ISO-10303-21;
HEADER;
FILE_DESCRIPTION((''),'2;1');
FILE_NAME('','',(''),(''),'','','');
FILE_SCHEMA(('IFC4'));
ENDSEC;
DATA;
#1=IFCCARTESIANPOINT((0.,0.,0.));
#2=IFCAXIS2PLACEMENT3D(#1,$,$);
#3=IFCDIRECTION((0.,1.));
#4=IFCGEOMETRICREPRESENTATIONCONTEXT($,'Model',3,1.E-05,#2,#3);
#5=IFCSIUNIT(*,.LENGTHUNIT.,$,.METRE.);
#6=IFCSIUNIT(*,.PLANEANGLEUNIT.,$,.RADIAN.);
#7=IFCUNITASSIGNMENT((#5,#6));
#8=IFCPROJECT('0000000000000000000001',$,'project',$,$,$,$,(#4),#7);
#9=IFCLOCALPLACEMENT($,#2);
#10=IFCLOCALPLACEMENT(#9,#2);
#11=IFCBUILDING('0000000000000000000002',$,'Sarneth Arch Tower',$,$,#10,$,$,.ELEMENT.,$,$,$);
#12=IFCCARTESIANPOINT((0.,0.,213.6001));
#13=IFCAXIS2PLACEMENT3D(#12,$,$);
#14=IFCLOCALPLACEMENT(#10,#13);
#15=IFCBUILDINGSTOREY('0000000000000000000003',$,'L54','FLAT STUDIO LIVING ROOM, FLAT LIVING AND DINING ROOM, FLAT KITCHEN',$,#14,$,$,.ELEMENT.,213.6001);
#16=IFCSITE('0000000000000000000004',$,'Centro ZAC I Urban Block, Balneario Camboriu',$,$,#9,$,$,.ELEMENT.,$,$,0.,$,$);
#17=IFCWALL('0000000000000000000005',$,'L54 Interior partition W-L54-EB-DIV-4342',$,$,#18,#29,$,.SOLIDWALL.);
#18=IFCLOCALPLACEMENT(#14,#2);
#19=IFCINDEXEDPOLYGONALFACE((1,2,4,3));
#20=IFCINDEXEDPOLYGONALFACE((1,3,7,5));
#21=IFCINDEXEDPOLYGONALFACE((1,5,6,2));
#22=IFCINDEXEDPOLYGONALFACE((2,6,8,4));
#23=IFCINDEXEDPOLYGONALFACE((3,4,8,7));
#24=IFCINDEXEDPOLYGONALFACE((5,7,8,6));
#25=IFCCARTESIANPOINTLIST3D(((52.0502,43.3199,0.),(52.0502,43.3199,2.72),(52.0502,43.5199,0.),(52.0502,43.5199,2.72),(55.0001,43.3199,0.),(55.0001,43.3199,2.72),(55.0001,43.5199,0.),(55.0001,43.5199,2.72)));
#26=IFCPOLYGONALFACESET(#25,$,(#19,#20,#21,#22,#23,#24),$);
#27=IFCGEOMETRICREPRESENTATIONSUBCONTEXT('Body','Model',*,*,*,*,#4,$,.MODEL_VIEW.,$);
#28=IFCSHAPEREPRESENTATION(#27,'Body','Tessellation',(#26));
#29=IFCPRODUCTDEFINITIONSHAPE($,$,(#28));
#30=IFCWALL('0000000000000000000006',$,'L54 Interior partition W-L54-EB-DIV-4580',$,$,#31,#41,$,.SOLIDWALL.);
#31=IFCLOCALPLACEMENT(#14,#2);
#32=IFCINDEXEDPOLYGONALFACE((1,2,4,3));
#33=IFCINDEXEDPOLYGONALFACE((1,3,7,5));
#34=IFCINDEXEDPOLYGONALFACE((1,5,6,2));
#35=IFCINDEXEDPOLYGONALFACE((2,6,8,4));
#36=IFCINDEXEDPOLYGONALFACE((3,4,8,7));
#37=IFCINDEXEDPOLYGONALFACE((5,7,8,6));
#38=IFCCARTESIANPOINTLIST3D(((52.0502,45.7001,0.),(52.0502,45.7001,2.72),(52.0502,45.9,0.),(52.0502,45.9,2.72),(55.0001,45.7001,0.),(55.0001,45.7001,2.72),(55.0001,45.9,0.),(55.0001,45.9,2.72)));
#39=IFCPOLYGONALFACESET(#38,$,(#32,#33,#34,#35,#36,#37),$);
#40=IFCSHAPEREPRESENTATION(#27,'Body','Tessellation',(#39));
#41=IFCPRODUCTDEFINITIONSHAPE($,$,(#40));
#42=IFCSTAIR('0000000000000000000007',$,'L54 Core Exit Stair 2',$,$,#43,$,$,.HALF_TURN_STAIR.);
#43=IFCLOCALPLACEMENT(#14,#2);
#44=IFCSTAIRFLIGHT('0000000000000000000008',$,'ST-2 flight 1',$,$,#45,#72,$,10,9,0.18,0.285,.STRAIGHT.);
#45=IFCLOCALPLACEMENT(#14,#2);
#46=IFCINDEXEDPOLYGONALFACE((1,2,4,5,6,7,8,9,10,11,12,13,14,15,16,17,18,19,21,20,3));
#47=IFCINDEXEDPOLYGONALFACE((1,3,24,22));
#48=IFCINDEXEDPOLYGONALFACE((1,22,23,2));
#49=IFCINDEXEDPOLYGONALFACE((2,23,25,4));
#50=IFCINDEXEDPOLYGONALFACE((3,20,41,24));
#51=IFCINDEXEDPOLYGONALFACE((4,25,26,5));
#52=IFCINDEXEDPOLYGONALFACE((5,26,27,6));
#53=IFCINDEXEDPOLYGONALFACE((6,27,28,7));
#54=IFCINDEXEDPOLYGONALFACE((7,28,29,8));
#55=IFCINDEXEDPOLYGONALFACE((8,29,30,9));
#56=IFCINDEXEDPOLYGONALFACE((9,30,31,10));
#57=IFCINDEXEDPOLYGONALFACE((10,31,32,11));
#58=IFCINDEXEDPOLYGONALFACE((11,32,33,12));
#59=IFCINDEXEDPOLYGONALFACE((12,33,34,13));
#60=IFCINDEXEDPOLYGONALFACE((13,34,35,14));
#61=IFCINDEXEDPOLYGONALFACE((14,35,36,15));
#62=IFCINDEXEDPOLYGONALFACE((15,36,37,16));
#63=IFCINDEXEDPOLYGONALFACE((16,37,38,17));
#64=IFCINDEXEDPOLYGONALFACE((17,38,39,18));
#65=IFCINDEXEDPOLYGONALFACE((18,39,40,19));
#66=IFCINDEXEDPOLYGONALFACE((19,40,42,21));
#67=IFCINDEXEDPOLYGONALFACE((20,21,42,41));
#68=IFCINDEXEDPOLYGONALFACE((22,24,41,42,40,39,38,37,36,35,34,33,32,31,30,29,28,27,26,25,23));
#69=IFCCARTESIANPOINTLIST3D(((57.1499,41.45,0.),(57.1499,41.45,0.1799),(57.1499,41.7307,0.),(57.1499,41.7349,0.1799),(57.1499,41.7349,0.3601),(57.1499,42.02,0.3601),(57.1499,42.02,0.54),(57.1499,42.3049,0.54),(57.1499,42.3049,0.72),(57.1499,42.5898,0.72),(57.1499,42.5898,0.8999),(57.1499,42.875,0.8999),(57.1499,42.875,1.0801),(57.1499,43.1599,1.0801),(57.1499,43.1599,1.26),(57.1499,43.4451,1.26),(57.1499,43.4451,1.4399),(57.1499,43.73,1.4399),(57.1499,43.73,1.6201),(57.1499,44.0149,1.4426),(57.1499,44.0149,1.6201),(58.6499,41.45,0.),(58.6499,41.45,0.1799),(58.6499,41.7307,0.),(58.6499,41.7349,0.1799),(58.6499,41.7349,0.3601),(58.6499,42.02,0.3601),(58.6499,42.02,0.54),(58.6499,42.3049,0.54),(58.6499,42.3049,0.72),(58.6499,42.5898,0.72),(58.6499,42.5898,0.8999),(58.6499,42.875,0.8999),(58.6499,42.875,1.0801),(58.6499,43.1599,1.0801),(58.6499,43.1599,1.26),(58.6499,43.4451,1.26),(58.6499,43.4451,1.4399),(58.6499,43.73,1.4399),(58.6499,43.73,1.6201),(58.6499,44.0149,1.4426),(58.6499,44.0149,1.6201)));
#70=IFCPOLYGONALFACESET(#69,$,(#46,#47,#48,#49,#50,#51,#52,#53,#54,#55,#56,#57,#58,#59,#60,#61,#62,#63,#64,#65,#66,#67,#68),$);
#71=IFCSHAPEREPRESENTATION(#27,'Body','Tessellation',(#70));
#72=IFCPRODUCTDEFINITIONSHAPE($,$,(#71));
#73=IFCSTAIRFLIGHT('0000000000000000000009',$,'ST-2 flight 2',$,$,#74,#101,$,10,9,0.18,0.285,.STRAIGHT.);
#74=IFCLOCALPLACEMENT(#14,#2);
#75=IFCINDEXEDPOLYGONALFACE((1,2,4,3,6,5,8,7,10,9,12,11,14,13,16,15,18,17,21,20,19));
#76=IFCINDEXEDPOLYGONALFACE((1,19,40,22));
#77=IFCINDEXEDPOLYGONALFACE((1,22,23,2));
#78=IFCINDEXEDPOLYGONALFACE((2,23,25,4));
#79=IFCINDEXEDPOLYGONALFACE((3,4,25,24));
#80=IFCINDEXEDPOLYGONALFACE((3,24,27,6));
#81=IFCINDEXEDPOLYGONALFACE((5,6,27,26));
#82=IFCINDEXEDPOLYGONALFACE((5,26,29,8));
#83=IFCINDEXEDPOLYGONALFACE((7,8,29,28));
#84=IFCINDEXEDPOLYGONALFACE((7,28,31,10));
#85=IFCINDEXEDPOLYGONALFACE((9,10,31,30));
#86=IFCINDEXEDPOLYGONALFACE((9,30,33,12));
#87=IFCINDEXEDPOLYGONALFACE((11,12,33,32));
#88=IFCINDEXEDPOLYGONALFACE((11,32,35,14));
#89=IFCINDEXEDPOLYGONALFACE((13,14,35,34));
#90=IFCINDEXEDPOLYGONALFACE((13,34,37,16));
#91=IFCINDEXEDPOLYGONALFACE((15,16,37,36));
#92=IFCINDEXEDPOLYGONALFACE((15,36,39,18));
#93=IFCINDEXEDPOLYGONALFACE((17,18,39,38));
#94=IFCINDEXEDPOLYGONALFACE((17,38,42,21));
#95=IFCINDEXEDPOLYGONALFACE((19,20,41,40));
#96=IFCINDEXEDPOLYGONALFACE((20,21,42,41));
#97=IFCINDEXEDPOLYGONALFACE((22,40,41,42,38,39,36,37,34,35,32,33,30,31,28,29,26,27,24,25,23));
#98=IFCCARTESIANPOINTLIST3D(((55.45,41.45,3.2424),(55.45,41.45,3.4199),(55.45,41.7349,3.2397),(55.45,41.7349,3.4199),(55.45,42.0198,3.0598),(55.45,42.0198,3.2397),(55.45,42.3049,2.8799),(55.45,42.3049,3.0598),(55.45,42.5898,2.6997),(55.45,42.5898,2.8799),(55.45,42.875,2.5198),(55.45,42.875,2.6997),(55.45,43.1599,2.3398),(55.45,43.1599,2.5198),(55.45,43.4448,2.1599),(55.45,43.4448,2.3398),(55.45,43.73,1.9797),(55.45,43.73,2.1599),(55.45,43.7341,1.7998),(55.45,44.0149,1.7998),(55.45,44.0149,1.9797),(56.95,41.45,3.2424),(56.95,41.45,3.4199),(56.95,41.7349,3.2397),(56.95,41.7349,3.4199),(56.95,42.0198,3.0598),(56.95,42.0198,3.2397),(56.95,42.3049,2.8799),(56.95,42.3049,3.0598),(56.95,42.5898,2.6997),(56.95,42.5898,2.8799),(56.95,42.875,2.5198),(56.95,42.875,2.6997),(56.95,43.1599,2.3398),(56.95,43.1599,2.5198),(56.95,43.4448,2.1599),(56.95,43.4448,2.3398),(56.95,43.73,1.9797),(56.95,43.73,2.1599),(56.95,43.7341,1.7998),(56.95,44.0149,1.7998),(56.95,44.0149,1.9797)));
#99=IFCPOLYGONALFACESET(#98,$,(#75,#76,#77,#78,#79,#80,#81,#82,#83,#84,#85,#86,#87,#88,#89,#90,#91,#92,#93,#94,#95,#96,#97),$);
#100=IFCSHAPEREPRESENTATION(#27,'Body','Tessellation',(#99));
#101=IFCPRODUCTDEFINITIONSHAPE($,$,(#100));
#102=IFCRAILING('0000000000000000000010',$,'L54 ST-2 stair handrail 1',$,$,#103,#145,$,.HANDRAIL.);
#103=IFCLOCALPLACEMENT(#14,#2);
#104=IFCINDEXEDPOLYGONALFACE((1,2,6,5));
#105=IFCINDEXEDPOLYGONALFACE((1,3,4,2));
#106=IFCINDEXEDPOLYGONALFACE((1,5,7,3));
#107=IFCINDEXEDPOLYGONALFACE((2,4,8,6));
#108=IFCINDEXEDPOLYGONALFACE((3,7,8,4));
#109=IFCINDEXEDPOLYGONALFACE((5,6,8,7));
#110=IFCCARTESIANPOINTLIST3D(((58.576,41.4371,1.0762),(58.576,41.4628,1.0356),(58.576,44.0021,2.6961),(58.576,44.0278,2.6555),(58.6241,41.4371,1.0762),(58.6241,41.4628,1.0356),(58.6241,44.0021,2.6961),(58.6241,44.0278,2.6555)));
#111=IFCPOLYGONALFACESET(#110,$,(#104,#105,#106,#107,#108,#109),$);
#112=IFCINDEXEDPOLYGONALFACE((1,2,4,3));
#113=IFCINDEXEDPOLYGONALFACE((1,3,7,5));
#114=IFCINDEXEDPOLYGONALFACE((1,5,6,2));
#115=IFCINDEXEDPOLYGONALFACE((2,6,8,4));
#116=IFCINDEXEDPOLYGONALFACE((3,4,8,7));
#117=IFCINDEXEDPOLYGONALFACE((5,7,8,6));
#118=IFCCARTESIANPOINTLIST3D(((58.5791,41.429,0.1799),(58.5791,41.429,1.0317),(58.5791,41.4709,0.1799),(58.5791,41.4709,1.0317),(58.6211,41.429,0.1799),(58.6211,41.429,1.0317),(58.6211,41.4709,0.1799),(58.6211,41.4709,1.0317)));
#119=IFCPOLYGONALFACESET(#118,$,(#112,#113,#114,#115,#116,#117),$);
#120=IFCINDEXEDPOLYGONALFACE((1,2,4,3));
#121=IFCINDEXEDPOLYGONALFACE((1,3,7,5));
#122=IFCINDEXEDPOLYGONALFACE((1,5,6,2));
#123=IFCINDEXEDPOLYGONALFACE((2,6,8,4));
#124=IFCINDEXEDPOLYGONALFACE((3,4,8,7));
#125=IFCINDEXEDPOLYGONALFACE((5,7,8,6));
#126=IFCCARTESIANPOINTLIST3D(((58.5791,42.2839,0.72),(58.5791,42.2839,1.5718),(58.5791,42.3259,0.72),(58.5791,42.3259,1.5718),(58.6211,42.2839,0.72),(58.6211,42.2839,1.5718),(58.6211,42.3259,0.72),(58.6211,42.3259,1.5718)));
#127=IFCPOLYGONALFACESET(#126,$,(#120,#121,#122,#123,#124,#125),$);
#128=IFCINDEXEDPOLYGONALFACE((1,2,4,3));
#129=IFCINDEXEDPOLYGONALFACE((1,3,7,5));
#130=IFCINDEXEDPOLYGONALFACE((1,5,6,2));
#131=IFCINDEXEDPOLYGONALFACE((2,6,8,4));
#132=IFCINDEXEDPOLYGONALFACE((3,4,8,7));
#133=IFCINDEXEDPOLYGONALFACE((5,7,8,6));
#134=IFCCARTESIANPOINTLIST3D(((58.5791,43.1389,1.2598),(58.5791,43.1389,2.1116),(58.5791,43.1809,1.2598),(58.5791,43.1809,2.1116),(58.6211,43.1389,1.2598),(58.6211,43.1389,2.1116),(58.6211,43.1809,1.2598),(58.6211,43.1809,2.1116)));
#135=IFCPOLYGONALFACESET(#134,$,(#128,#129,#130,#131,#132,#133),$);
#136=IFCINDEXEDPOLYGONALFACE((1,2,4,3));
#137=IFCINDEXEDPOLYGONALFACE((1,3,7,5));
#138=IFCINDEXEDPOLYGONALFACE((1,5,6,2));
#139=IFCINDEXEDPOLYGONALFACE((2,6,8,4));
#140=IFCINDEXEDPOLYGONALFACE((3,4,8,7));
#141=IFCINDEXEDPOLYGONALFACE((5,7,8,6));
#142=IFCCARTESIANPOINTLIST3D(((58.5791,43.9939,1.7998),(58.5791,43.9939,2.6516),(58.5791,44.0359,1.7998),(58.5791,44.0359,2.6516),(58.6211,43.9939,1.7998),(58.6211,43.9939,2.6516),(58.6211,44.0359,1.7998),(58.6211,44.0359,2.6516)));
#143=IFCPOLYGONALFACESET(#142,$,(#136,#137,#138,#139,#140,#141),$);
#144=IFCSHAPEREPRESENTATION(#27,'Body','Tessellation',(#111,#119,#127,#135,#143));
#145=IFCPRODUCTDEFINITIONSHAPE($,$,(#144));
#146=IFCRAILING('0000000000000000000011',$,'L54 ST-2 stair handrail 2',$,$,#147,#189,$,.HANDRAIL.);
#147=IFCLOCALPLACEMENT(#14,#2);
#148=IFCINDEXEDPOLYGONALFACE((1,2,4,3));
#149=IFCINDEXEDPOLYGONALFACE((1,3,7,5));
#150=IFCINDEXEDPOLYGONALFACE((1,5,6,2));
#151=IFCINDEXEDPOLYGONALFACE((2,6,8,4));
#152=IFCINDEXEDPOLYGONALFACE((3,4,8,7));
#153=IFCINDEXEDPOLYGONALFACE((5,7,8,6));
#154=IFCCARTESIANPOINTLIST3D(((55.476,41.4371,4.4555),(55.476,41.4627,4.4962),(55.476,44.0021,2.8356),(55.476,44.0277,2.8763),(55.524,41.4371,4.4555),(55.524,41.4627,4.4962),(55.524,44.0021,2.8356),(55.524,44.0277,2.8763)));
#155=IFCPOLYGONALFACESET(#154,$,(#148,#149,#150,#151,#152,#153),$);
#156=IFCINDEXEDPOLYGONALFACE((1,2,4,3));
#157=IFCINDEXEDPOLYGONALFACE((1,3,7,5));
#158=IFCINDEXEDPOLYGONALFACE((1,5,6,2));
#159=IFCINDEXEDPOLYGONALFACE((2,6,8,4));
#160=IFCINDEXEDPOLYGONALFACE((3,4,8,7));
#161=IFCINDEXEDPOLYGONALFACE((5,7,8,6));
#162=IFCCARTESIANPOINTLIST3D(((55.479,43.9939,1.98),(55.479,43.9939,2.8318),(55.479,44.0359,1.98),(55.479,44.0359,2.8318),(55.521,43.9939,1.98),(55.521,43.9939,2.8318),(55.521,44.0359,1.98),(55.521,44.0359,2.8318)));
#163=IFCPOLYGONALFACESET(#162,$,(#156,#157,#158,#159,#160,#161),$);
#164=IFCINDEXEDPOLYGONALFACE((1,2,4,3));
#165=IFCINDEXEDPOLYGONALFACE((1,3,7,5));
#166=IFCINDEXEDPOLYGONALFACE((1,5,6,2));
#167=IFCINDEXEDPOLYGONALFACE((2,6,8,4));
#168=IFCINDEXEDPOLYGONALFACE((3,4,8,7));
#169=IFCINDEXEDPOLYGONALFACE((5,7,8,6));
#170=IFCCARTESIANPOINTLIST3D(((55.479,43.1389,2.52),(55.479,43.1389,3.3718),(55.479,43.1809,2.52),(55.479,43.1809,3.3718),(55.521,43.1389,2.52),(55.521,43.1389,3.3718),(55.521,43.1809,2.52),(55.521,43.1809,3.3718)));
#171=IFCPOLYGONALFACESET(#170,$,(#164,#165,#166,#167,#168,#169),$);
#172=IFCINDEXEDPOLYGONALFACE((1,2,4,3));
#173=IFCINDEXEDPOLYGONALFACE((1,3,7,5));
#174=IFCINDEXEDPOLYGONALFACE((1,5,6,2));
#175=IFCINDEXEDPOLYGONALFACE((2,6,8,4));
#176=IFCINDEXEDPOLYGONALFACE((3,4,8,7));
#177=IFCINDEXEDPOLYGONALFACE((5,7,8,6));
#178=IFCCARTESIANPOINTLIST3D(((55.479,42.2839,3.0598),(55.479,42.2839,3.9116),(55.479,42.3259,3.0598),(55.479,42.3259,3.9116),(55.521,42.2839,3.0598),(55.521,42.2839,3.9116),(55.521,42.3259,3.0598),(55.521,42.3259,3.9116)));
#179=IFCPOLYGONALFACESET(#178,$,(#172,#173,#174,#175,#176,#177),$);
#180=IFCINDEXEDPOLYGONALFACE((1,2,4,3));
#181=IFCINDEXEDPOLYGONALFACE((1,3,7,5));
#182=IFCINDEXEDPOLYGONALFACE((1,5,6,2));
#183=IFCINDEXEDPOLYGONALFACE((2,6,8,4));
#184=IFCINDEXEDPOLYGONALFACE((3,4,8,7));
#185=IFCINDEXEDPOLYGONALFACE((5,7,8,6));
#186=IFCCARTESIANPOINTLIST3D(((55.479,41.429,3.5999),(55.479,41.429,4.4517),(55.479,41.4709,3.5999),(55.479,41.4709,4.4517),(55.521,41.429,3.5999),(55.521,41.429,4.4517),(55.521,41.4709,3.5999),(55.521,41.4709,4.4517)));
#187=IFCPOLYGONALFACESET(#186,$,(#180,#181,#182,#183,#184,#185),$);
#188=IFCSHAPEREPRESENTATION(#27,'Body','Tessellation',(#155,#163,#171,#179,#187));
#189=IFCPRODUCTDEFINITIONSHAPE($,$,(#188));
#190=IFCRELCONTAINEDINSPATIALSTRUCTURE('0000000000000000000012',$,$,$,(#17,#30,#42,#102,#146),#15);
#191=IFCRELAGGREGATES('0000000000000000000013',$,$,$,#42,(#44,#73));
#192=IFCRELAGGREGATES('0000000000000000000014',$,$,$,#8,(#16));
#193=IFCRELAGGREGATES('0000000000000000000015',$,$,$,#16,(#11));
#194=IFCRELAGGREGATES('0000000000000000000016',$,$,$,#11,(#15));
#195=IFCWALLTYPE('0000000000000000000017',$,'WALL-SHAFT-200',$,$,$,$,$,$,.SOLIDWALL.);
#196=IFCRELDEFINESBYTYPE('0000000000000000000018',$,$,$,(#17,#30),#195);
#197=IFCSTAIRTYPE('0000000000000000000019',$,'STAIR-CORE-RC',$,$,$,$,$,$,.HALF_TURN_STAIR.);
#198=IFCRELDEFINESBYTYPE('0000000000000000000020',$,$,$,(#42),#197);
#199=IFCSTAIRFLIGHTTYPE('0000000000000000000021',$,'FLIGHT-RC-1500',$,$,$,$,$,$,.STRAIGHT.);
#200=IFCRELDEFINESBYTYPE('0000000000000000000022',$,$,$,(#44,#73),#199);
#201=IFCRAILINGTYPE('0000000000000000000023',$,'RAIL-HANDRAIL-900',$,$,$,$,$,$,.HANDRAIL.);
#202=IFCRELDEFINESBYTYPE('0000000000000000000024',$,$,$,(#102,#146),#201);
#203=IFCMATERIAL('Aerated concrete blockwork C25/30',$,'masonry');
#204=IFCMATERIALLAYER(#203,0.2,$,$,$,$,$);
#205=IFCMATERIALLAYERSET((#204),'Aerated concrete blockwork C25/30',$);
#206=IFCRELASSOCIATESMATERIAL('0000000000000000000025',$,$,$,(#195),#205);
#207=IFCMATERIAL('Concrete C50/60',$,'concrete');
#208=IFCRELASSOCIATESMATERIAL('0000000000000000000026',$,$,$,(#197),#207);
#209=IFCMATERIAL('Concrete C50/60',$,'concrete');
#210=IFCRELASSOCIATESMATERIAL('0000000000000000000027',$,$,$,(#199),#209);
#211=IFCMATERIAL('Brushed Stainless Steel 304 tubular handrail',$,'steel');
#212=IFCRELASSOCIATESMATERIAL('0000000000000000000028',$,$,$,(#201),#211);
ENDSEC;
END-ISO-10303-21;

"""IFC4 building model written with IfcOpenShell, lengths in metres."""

from ifc_helpers import new_model, si_unit, direction, frame, frame_2d, origin, origin_2d, place, context, subcontext, project, spatial, polyline, rectangle, outline, extrude, material, layer, layer_set, type_object, element, aggregate, save


model = new_model("IFC4")

# Units and contexts
model_context = context("Model", 3, precision=1e-05, world=origin(), true_north=direction((0.0, 1.0)))
body_context = subcontext(model_context, "Body", "Model", "MODEL_VIEW")
ifc_project = project(units=[si_unit("LENGTHUNIT", "METRE"), si_unit("PLANEANGLEUNIT", "RADIAN")], contexts=[model_context])

# Site, building, storey
site_placement = place(None, origin())
site = spatial("IfcSite", under=ifc_project, at=site_placement, Name="Centro ZAC I Urban Block, Balneario Camboriu", CompositionType="ELEMENT", RefElevation=0.0)
building_placement = place(site_placement, origin())
building = spatial("IfcBuilding", under=site, at=building_placement, Name="Sarneth Arch Tower", CompositionType="ELEMENT")
storey_placement = place(building_placement, frame((0.0, 0.0, 213.6001)))
storey = spatial("IfcBuildingStorey", under=building, at=storey_placement, Name="L54", Description="FLAT STUDIO LIVING ROOM, FLAT LIVING AND DINING ROOM, FLAT KITCHEN", CompositionType="ELEMENT", Elevation=213.6001)

# Walls
ifc_material_1 = material(Name="Aerated concrete blockwork C25/30", Category="masonry")
ifc_layer_1 = layer(ifc_material_1, 0.2)
ifc_layer_set_1 = layer_set([ifc_layer_1], Name="Aerated concrete blockwork C25/30")
wall_type_1 = type_object("IfcWallType", Name="WALL-SHAFT-200", PredefinedType="SOLIDWALL", material=ifc_layer_set_1)
for number, where, z_axis, x_axis, name in (
    (1, (52.05, 43.4199, 0.0), (0.0, 0.0, 1.0), (1.0, 0.0, 0.0), "L54 Interior partition W-L54-EB-DIV-4342"),
    (2, (52.05, 45.8, 0.0), (0.0, 0.0, 1.0), (1.0, 0.0, 0.0), "L54 Interior partition W-L54-EB-DIV-4580"),
):
    element("IfcWall", number, at=place(storey_placement, frame(where, z_axis=z_axis, x_axis=x_axis)), inside=storey, type_object=wall_type_1, Name=name, PredefinedType="SOLIDWALL", context=body_context, shape_type="SweptSolid", body=[
        extrude(rectangle(XDim=2.95, YDim=0.2, at=frame_2d((1.4751, 0.0))), origin(), (0.0, 0.0, 1.0), 2.72),
    ])

# Stair, stair flights
ifc_material_2 = material(Name="Concrete C50/60", Category="concrete")
stair_type = type_object("IfcStairType", Name="STAIR-CORE-RC", PredefinedType="HALF_TURN_STAIR", material=ifc_material_2)
stair_placement = place(storey_placement, origin())
stair = element("IfcStair", 3, at=stair_placement, inside=storey, type_object=stair_type, Name="L54 Core Exit Stair 2", PredefinedType="HALF_TURN_STAIR")
ifc_material_3 = material(Name="Concrete C50/60", Category="concrete")
stair_flight_type = type_object("IfcStairFlightType", Name="FLIGHT-RC-1500", PredefinedType="STRAIGHT", material=ifc_material_3)
stair_flight_1_placement = place(storey_placement, frame((57.8999, 41.45, 0.0), z_axis=(0.0, 0.0, 1.0), x_axis=(0.0, 1.0, 0.0)))
stair_flight_1 = element("IfcStairFlight", 4, at=stair_flight_1_placement, type_object=stair_flight_type, Name="ST-2 flight 1", NumberOfRisers=10, NumberOfTreads=9, PredefinedType="STRAIGHT", RiserHeight=0.18, TreadLength=0.285, context=body_context, shape_type="SweptSolid", body=[
    extrude(outline(polyline([(0.0, 0.0), (0.0, 0.1799), (0.2849, 0.1799), (0.2849, 0.3601), (0.5701, 0.3601), (0.5701, 0.54), (0.855, 0.54), (0.855, 0.72), (1.1399, 0.72), (1.1399, 0.8999), (1.425, 0.8999), (1.425, 1.0801), (1.71, 1.0801), (1.71, 1.26), (1.9951, 1.26), (1.9951, 1.4399), (2.28, 1.4399), (2.28, 1.6201), (2.5649, 1.6201), (2.5649, 1.8), (2.5649, 1.4426), (0.2808, 0.0), (0.0, 0.0)])), frame((0.0, 0.75, 0.0), z_axis=(0.0, -1.0, 0.0), x_axis=(1.0, 0.0, 0.0)), (0.0, 0.0, 1.0), 1.5),
])
stair_flight_2_placement = place(storey_placement, frame((56.2, 44.0149, 1.7998), z_axis=(0.0, 0.0, 1.0), x_axis=(0.0, -1.0, 0.0)))
stair_flight_2 = element("IfcStairFlight", 5, at=stair_flight_2_placement, type_object=stair_flight_type, Name="ST-2 flight 2", NumberOfRisers=10, NumberOfTreads=9, PredefinedType="STRAIGHT", RiserHeight=0.18, TreadLength=0.285, context=body_context, shape_type="SweptSolid", body=[
    extrude(outline(polyline([(0.0, 0.0), (0.0, 0.1799), (0.2849, 0.1799), (0.2849, 0.3601), (0.5701, 0.3601), (0.5701, 0.54), (0.855, 0.54), (0.855, 0.72), (1.1399, 0.72), (1.1399, 0.8999), (1.425, 0.8999), (1.425, 1.0801), (1.71, 1.0801), (1.71, 1.26), (1.9951, 1.26), (1.9951, 1.4399), (2.28, 1.4399), (2.28, 1.6201), (2.5649, 1.6201), (2.5649, 1.8), (2.5649, 1.4426), (0.2808, 0.0), (0.0, 0.0)])), frame((0.0, 0.75, 0.0), z_axis=(0.0, -1.0, 0.0), x_axis=(1.0, 0.0, 0.0)), (0.0, 0.0, 1.0), 1.5),
])
aggregate(stair, [stair_flight_1, stair_flight_2])

# Railings
ifc_material_4 = material(Name="Brushed Stainless Steel 304 tubular handrail", Category="steel")
railing_type_1 = type_object("IfcRailingType", Name="RAIL-HANDRAIL-900", PredefinedType="HANDRAIL", material=ifc_material_4)
railing_1_placement = place(storey_placement, frame((58.6001, 41.45, 0.1799)))
element("IfcRailing", 6, at=railing_1_placement, inside=storey, type_object=railing_type_1, Name="L54 ST-2 stair handrail 1", PredefinedType="HANDRAIL", context=body_context, shape_type="SweptSolid", body=[
    extrude(rectangle(XDim=0.0481, YDim=0.0481, at=origin_2d()), frame((0.0, 0.0, 0.876), z_axis=(0.0, 0.845502, 0.533972), x_axis=(-1.0, 0.0, 0.0)), (0.0, 0.0, 1.0), 3.0337),
    extrude(rectangle(XDim=0.042, YDim=0.042, at=origin_2d()), origin(), (0.0, 0.0, 1.0), 0.8518),
    extrude(rectangle(XDim=0.042, YDim=0.042, at=origin_2d()), frame((0.0, 0.855, 0.54)), (0.0, 0.0, 1.0), 0.8518),
    extrude(rectangle(XDim=0.042, YDim=0.042, at=origin_2d()), frame((0.0, 1.71, 1.0798)), (0.0, 0.0, 1.0), 0.8518),
    extrude(rectangle(XDim=0.042, YDim=0.042, at=origin_2d()), frame((0.0, 2.5649, 1.6199)), (0.0, 0.0, 1.0), 0.8518),
])
railing_2_placement = place(storey_placement, frame((55.5, 44.0149, 1.98)))
element("IfcRailing", 7, at=railing_2_placement, inside=storey, type_object=railing_type_1, Name="L54 ST-2 stair handrail 2", PredefinedType="HANDRAIL", context=body_context, shape_type="SweptSolid", body=[
    extrude(rectangle(XDim=0.0481, YDim=0.0481, at=origin_2d()), frame((0.0, 0.0, 0.876), z_axis=(0.0, -0.845502, 0.533972), x_axis=(1.0, 0.0, 0.0)), (0.0, 0.0, 1.0), 3.0337),
    extrude(rectangle(XDim=0.042, YDim=0.042, at=origin_2d()), origin(), (0.0, 0.0, 1.0), 0.8518),
    extrude(rectangle(XDim=0.042, YDim=0.042, at=origin_2d()), frame((0.0, -0.855, 0.54)), (0.0, 0.0, 1.0), 0.8518),
    extrude(rectangle(XDim=0.042, YDim=0.042, at=origin_2d()), frame((0.0, -1.71, 1.0798)), (0.0, 0.0, 1.0), 0.8518),
    extrude(rectangle(XDim=0.042, YDim=0.042, at=origin_2d()), frame((0.0, -2.5649, 1.6199)), (0.0, 0.0, 1.0), 0.8518),
])

save(model, "model.ifc")
